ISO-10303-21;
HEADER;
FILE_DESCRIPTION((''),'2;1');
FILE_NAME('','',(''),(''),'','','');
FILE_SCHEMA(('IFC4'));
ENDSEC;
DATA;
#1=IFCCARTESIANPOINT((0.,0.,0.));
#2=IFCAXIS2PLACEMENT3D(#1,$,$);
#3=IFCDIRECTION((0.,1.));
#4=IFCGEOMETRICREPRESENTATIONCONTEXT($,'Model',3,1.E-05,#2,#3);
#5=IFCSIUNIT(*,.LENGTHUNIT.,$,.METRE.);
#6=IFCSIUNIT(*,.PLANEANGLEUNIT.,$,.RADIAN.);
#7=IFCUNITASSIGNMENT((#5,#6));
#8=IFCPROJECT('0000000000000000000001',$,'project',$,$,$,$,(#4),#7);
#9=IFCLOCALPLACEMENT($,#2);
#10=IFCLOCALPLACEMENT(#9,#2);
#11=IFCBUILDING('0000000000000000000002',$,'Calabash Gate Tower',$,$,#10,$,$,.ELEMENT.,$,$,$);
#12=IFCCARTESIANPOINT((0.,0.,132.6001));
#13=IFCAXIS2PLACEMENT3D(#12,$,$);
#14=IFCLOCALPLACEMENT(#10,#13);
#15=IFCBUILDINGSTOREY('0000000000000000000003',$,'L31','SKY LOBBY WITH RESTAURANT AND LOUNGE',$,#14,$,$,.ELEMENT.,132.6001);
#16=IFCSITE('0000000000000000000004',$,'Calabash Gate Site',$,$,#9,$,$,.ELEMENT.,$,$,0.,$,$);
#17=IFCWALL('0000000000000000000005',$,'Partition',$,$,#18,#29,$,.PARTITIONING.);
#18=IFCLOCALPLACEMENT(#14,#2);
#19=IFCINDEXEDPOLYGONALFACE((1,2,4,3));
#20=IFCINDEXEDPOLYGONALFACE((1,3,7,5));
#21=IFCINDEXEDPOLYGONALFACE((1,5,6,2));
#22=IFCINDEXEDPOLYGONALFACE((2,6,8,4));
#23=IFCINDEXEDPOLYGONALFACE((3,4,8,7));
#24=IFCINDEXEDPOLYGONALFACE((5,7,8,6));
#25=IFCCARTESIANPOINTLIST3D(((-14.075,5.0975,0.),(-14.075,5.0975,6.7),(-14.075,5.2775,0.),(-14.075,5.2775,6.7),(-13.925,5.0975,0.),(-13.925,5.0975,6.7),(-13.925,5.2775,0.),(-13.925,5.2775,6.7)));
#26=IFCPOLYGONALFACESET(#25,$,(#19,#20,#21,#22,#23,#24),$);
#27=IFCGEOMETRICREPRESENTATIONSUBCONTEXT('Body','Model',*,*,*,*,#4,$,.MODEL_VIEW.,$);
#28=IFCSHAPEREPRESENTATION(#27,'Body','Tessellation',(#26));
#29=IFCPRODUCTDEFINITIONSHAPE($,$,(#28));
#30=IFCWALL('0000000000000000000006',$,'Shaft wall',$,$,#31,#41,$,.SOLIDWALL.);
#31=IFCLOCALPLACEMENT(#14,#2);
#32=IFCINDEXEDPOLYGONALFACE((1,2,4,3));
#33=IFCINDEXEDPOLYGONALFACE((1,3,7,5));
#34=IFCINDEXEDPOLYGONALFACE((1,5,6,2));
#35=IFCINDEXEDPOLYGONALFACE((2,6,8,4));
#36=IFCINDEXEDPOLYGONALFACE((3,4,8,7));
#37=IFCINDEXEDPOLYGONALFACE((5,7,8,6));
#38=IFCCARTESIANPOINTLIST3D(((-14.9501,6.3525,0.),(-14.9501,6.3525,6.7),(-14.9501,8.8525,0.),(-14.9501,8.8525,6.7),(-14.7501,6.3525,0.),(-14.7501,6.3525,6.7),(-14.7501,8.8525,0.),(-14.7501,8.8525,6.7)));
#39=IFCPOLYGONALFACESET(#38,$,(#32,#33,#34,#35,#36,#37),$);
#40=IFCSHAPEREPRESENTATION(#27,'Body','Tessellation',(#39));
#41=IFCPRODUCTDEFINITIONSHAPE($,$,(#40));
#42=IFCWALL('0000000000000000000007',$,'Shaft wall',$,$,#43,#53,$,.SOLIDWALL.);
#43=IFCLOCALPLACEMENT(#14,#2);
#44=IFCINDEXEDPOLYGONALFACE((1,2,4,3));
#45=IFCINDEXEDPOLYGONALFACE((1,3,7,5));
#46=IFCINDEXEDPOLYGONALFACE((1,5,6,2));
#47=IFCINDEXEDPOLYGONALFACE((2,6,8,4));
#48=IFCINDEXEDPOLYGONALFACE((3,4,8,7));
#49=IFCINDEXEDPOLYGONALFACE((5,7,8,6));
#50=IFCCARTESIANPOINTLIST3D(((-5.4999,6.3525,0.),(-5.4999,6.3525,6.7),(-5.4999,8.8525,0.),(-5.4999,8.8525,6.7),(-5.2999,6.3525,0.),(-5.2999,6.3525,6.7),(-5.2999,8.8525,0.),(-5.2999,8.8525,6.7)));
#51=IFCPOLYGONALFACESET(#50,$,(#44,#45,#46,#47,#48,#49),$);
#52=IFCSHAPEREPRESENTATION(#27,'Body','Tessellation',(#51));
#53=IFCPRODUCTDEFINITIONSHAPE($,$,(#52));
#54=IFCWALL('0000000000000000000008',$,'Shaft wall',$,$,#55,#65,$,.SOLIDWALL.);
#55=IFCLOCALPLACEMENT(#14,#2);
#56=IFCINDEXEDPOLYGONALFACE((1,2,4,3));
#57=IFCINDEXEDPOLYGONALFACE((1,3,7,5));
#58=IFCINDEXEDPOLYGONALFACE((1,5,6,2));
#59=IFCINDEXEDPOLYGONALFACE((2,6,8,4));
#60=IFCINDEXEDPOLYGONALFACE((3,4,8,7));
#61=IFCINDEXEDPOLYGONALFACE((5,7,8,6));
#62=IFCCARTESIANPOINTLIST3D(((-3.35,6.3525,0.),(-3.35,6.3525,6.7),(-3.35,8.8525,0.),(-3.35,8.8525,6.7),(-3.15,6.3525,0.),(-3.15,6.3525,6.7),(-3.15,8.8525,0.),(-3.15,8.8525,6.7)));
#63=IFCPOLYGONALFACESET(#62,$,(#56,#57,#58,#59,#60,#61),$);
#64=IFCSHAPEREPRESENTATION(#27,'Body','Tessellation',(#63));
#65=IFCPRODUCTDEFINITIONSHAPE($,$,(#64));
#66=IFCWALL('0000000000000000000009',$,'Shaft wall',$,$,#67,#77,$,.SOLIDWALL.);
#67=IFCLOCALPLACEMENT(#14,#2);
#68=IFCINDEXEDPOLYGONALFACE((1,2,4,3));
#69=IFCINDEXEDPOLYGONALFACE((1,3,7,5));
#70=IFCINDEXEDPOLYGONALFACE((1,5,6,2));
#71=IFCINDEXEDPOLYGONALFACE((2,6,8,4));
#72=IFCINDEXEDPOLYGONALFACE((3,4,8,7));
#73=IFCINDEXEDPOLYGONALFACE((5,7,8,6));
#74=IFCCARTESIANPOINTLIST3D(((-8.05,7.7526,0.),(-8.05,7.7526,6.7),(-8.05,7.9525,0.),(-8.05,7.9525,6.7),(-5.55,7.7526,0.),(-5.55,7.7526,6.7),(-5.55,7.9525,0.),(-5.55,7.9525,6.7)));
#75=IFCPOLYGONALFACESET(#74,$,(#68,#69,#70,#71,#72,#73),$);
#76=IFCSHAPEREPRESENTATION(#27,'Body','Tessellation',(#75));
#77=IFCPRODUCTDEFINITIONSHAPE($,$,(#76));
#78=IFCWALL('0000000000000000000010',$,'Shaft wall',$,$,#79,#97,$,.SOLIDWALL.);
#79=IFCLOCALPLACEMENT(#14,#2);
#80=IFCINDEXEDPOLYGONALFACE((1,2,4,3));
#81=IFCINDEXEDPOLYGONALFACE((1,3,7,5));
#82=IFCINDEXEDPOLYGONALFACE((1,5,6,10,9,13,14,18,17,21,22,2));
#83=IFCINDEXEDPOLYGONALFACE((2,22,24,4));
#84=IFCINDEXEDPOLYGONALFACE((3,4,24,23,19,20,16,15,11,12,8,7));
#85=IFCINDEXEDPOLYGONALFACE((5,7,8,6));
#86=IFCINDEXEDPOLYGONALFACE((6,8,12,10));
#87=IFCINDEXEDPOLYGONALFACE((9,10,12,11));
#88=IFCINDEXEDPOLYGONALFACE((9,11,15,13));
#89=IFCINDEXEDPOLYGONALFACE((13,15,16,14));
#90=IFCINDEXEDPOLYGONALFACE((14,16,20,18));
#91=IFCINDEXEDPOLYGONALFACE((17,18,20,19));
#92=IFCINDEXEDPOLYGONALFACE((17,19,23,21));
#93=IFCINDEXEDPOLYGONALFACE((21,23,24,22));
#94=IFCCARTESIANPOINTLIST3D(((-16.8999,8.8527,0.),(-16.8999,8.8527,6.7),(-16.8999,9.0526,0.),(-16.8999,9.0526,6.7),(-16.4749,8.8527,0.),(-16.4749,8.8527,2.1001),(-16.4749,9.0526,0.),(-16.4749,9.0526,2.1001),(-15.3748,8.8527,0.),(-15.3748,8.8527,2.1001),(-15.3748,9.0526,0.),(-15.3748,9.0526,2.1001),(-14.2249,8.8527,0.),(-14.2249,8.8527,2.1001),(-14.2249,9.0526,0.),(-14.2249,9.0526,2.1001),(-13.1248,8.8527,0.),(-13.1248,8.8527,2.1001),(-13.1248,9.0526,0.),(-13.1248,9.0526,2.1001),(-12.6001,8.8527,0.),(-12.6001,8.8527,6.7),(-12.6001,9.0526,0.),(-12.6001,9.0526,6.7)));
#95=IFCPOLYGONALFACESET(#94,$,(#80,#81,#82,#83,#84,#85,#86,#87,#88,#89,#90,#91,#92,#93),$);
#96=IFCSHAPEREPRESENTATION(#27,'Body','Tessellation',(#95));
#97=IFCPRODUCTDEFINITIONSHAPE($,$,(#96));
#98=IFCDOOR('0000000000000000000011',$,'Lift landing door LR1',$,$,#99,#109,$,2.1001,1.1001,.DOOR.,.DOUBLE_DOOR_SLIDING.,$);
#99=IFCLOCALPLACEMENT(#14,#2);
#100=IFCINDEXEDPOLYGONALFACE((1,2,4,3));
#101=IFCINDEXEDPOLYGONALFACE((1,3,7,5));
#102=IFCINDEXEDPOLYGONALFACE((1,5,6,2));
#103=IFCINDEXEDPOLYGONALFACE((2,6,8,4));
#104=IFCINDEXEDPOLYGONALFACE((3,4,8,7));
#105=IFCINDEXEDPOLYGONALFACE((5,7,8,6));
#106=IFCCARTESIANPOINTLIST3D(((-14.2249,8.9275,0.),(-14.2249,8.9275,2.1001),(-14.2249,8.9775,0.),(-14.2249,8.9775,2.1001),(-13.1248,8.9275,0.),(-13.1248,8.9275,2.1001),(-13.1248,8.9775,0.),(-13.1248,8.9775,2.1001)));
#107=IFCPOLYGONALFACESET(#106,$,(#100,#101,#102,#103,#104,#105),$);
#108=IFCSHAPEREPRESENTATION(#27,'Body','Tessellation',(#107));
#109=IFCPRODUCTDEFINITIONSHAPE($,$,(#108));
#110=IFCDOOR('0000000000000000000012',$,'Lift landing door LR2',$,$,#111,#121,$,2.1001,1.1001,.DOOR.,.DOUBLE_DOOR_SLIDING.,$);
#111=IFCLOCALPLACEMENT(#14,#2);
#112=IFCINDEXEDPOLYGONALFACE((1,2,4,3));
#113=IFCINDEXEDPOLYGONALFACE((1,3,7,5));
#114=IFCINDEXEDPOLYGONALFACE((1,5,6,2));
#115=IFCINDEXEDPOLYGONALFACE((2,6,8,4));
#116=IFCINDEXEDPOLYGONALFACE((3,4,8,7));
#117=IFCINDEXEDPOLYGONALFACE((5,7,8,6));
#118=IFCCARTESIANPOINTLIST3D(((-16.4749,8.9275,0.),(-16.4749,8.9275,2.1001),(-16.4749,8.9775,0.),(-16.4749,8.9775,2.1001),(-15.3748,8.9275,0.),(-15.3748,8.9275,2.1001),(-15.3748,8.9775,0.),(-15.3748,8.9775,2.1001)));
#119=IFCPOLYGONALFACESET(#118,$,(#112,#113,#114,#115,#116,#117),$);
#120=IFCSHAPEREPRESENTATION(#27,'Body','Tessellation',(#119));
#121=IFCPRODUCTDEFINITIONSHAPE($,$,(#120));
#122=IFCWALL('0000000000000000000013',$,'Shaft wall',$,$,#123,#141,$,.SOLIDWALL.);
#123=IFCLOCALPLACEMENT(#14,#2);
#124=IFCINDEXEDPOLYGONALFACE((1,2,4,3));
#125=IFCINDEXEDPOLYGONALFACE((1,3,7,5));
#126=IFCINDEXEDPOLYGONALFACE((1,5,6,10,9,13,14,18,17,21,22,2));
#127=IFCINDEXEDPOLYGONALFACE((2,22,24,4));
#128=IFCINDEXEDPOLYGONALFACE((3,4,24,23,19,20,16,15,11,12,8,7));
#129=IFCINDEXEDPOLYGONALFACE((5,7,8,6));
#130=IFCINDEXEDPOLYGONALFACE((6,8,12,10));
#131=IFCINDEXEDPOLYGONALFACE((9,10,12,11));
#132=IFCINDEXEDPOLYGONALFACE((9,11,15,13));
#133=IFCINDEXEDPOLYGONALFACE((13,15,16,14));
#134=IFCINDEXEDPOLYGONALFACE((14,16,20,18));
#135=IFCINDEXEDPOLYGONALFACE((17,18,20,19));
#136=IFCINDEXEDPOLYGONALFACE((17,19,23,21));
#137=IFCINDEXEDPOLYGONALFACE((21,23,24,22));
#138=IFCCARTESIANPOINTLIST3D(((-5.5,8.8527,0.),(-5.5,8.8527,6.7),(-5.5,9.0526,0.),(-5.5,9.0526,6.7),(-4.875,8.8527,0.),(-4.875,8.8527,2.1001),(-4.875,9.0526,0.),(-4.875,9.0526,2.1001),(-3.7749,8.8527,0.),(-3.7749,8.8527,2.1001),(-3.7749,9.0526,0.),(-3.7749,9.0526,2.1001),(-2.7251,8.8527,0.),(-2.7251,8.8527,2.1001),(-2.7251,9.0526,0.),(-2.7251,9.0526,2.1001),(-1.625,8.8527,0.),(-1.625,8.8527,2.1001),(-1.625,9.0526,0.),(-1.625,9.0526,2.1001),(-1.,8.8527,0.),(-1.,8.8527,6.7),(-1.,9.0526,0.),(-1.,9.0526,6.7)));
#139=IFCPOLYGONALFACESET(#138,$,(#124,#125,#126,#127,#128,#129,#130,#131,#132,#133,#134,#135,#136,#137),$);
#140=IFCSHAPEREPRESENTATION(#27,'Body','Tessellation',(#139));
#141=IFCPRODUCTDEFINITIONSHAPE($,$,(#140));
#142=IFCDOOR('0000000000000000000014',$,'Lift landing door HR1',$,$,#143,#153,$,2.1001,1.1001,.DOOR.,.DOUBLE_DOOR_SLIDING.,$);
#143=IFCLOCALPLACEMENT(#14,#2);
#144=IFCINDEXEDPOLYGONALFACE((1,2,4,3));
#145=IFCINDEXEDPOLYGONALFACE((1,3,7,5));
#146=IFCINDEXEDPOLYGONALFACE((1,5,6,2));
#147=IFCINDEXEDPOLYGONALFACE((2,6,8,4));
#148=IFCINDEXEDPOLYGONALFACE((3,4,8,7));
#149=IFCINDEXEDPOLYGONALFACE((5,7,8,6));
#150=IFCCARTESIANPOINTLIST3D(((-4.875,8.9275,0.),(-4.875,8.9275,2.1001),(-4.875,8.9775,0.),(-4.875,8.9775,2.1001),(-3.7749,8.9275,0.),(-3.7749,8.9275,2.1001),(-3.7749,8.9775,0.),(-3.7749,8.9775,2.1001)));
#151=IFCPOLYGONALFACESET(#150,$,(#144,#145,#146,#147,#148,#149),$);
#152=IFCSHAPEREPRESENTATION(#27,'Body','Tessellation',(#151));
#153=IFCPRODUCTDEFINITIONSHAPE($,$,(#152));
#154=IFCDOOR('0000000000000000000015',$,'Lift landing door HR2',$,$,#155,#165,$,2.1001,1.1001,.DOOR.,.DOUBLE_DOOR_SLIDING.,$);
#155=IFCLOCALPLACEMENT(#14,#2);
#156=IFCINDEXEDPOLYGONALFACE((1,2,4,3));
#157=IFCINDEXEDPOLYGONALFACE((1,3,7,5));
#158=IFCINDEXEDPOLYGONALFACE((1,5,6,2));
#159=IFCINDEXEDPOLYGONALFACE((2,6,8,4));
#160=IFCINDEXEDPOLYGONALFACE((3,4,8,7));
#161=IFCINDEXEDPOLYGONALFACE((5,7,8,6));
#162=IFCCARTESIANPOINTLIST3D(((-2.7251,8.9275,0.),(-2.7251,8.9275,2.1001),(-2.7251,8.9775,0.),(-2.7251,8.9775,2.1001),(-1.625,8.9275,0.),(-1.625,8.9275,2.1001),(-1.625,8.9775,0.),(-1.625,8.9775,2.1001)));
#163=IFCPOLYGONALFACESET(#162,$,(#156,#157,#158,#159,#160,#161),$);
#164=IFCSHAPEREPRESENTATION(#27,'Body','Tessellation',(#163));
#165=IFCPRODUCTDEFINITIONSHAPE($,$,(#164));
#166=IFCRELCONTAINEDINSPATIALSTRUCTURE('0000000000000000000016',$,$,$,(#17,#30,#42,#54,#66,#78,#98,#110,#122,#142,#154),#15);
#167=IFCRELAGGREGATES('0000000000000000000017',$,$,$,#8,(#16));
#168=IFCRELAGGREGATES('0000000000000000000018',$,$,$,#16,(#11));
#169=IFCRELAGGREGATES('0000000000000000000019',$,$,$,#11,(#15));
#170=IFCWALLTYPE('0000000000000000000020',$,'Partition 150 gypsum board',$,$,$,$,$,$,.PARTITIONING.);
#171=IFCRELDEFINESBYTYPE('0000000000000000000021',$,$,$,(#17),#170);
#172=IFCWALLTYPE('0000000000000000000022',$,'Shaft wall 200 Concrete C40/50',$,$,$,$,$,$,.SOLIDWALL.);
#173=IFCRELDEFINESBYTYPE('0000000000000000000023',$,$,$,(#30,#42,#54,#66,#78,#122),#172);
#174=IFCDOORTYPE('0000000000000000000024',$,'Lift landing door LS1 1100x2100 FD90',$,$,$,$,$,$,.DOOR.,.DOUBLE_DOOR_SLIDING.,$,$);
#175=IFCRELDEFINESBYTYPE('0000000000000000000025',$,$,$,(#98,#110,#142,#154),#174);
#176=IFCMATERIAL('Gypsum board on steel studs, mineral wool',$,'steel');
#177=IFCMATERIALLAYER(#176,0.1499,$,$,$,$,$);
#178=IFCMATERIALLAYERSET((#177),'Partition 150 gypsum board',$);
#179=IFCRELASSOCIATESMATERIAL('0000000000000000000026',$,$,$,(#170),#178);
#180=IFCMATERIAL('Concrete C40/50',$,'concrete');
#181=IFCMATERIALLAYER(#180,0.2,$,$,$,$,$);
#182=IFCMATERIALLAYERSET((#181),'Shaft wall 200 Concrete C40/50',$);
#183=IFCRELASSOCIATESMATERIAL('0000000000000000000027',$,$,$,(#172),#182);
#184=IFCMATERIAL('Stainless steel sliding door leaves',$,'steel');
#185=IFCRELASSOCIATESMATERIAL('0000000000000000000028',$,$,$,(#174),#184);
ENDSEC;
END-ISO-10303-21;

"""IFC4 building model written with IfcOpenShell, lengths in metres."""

from ifc_helpers import new_model, si_unit, direction, frame, frame_2d, origin, place, context, subcontext, project, spatial, rectangle, extrude, material, layer, layer_set, type_object, element, fill, save


model = new_model("IFC4")

# Units and contexts
model_context = context("Model", 3, precision=1e-05, world=origin(), true_north=direction((0.0, 1.0)))
body_context = subcontext(model_context, "Body", "Model", "MODEL_VIEW")
ifc_project = project(units=[si_unit("LENGTHUNIT", "METRE"), si_unit("PLANEANGLEUNIT", "RADIAN")], contexts=[model_context])

# Site, building, storey
site_placement = place(None, origin())
site = spatial("IfcSite", under=ifc_project, at=site_placement, Name="Calabash Gate Site", CompositionType="ELEMENT", RefElevation=0.0)
building_placement = place(site_placement, origin())
building = spatial("IfcBuilding", under=site, at=building_placement, Name="Calabash Gate Tower", CompositionType="ELEMENT")
storey_placement = place(building_placement, frame((0.0, 0.0, 132.6001)))
storey = spatial("IfcBuildingStorey", under=building, at=storey_placement, Name="L31", Description="SKY LOBBY WITH RESTAURANT AND LOUNGE", CompositionType="ELEMENT", Elevation=132.6001)

# Walls
ifc_material_1 = material(Name="Gypsum board on steel studs, mineral wool", Category="steel")
ifc_layer_1 = layer(ifc_material_1, 0.1499)
ifc_layer_set_1 = layer_set([ifc_layer_1], Name="Partition 150 gypsum board")
wall_type_1 = type_object("IfcWallType", Name="Partition 150 gypsum board", PredefinedType="PARTITIONING", material=ifc_layer_set_1)
wall_1_placement = place(storey_placement, frame((-14.0, 5.0977, 0.0), z_axis=(0.0, 0.0, 1.0), x_axis=(0.0, 1.0, 0.0)))
element("IfcWall", 1, at=wall_1_placement, inside=storey, type_object=wall_type_1, Name="Partition", PredefinedType="PARTITIONING", context=body_context, shape_type="SweptSolid", body=[
    extrude(rectangle(XDim=0.1799, YDim=0.1499, at=frame_2d((0.0898, 0.0))), origin(), (0.0, 0.0, 1.0), 6.7),
])
ifc_material_2 = material(Name="Concrete C40/50", Category="concrete")
ifc_layer_2 = layer(ifc_material_2, 0.2)
ifc_layer_set_2 = layer_set([ifc_layer_2], Name="Shaft wall 200 Concrete C40/50")
wall_type_2 = type_object("IfcWallType", Name="Shaft wall 200 Concrete C40/50", PredefinedType="SOLIDWALL", material=ifc_layer_set_2)
for number, where, z_axis, x_axis, name in (
    (2, (-14.8501, 6.3525, 0.0), (0.0, 0.0, 1.0), (0.0, 1.0, 0.0), "Shaft wall"),
    (3, (-5.3999, 6.3525, 0.0), (0.0, 0.0, 1.0), (0.0, 1.0, 0.0), "Shaft wall"),
    (4, (-3.25, 6.3525, 0.0), (0.0, 0.0, 1.0), (0.0, 1.0, 0.0), "Shaft wall"),
    (5, (-8.05, 7.8525, 0.0), (0.0, 0.0, 1.0), (1.0, 0.0, 0.0), "Shaft wall"),
):
    element("IfcWall", number, at=place(storey_placement, frame(where, z_axis=z_axis, x_axis=x_axis)), inside=storey, type_object=wall_type_2, Name=name, PredefinedType="SOLIDWALL", context=body_context, shape_type="SweptSolid", body=[
        extrude(rectangle(XDim=2.5, YDim=0.2, at=frame_2d((1.25, 0.0))), origin(), (0.0, 0.0, 1.0), 6.7),
    ])

# Walls, openings, doors
wall_2_placement = place(storey_placement, frame((-16.8999, 8.9526, 0.0), z_axis=(0.0, 0.0, 1.0), x_axis=(1.0, 0.0, 0.0)))
wall_2 = element("IfcWall", 6, at=wall_2_placement, inside=storey, type_object=wall_type_2, Name="Shaft wall", PredefinedType="SOLIDWALL", context=body_context, shape_type="SweptSolid", body=[
    extrude(rectangle(XDim=4.2998, YDim=0.2, at=frame_2d((2.1499, 0.0))), origin(), (0.0, 0.0, 1.0), 6.7),
])
opening_1_placement = place(wall_2_placement, frame((2.675, 0.0, 0.0)))
opening_1 = element("IfcOpeningElement", 7, at=opening_1_placement, cuts=wall_2, PredefinedType="OPENING", context=body_context, shape_type="SweptSolid", body=[
    extrude(rectangle(XDim=1.1001, YDim=2.1001, at=frame_2d((0.55, 1.05))), frame((0.0, 0.1099, 0.0), z_axis=(0.0, -1.0, 0.0), x_axis=(1.0, 0.0, 0.0)), (0.0, 0.0, 1.0), 0.22),
])
opening_2_placement = place(wall_2_placement, frame((0.425, 0.0, 0.0)))
opening_2 = element("IfcOpeningElement", 8, at=opening_2_placement, cuts=wall_2, PredefinedType="OPENING", context=body_context, shape_type="SweptSolid", body=[
    extrude(rectangle(XDim=1.1001, YDim=2.1001, at=frame_2d((0.55, 1.05))), frame((0.0, 0.1099, 0.0), z_axis=(0.0, -1.0, 0.0), x_axis=(1.0, 0.0, 0.0)), (0.0, 0.0, 1.0), 0.22),
])
ifc_material_3 = material(Name="Stainless steel sliding door leaves", Category="steel")
door_type_1 = type_object("IfcDoorType", Name="Lift landing door LS1 1100x2100 FD90", OperationType="DOUBLE_DOOR_SLIDING", PredefinedType="DOOR", material=ifc_material_3)
door_1_placement = place(opening_1_placement, origin())
door_1 = element("IfcDoor", 9, at=door_1_placement, inside=storey, type_object=door_type_1, Name="Lift landing door LR1", OperationType="DOUBLE_DOOR_SLIDING", OverallHeight=2.1001, OverallWidth=1.1001, PredefinedType="DOOR", context=body_context, shape_type="SweptSolid", body=[
    extrude(rectangle(XDim=1.1001, YDim=2.1001, at=frame_2d((0.55, 1.05))), frame((0.0, 0.0249, 0.0), z_axis=(0.0, -1.0, 0.0), x_axis=(1.0, 0.0, 0.0)), (0.0, 0.0, 1.0), 0.05),
])
fill(opening_1, door_1)
door_2_placement = place(opening_2_placement, origin())
door_2 = element("IfcDoor", 10, at=door_2_placement, inside=storey, type_object=door_type_1, Name="Lift landing door LR2", OperationType="DOUBLE_DOOR_SLIDING", OverallHeight=2.1001, OverallWidth=1.1001, PredefinedType="DOOR", context=body_context, shape_type="SweptSolid", body=[
    extrude(rectangle(XDim=1.1001, YDim=2.1001, at=frame_2d((0.55, 1.05))), frame((0.0, 0.0249, 0.0), z_axis=(0.0, -1.0, 0.0), x_axis=(1.0, 0.0, 0.0)), (0.0, 0.0, 1.0), 0.05),
])
fill(opening_2, door_2)
wall_3_placement = place(storey_placement, frame((-5.5, 8.9526, 0.0), z_axis=(0.0, 0.0, 1.0), x_axis=(1.0, 0.0, 0.0)))
wall_3 = element("IfcWall", 11, at=wall_3_placement, inside=storey, type_object=wall_type_2, Name="Shaft wall", PredefinedType="SOLIDWALL", context=body_context, shape_type="SweptSolid", body=[
    extrude(rectangle(XDim=4.5, YDim=0.2, at=frame_2d((2.25, 0.0))), origin(), (0.0, 0.0, 1.0), 6.7),
])
opening_3_placement = place(wall_3_placement, frame((0.625, 0.0, 0.0)))
opening_3 = element("IfcOpeningElement", 12, at=opening_3_placement, cuts=wall_3, PredefinedType="OPENING", context=body_context, shape_type="SweptSolid", body=[
    extrude(rectangle(XDim=1.1001, YDim=2.1001, at=frame_2d((0.55, 1.05))), frame((0.0, 0.1099, 0.0), z_axis=(0.0, -1.0, 0.0), x_axis=(1.0, 0.0, 0.0)), (0.0, 0.0, 1.0), 0.22),
])
opening_4_placement = place(wall_3_placement, frame((2.7749, 0.0, 0.0)))
opening_4 = element("IfcOpeningElement", 13, at=opening_4_placement, cuts=wall_3, PredefinedType="OPENING", context=body_context, shape_type="SweptSolid", body=[
    extrude(rectangle(XDim=1.1001, YDim=2.1001, at=frame_2d((0.55, 1.05))), frame((0.0, 0.1099, 0.0), z_axis=(0.0, -1.0, 0.0), x_axis=(1.0, 0.0, 0.0)), (0.0, 0.0, 1.0), 0.22),
])
door_3_placement = place(opening_3_placement, origin())
door_3 = element("IfcDoor", 14, at=door_3_placement, inside=storey, type_object=door_type_1, Name="Lift landing door HR1", OperationType="DOUBLE_DOOR_SLIDING", OverallHeight=2.1001, OverallWidth=1.1001, PredefinedType="DOOR", context=body_context, shape_type="SweptSolid", body=[
    extrude(rectangle(XDim=1.1001, YDim=2.1001, at=frame_2d((0.55, 1.05))), frame((0.0, 0.0249, 0.0), z_axis=(0.0, -1.0, 0.0), x_axis=(1.0, 0.0, 0.0)), (0.0, 0.0, 1.0), 0.05),
])
fill(opening_3, door_3)
door_4_placement = place(opening_4_placement, origin())
door_4 = element("IfcDoor", 15, at=door_4_placement, inside=storey, type_object=door_type_1, Name="Lift landing door HR2", OperationType="DOUBLE_DOOR_SLIDING", OverallHeight=2.1001, OverallWidth=1.1001, PredefinedType="DOOR", context=body_context, shape_type="SweptSolid", body=[
    extrude(rectangle(XDim=1.1001, YDim=2.1001, at=frame_2d((0.55, 1.05))), frame((0.0, 0.0249, 0.0), z_axis=(0.0, -1.0, 0.0), x_axis=(1.0, 0.0, 0.0)), (0.0, 0.0, 1.0), 0.05),
])
fill(opening_4, door_4)

save(model, "model.ifc")
